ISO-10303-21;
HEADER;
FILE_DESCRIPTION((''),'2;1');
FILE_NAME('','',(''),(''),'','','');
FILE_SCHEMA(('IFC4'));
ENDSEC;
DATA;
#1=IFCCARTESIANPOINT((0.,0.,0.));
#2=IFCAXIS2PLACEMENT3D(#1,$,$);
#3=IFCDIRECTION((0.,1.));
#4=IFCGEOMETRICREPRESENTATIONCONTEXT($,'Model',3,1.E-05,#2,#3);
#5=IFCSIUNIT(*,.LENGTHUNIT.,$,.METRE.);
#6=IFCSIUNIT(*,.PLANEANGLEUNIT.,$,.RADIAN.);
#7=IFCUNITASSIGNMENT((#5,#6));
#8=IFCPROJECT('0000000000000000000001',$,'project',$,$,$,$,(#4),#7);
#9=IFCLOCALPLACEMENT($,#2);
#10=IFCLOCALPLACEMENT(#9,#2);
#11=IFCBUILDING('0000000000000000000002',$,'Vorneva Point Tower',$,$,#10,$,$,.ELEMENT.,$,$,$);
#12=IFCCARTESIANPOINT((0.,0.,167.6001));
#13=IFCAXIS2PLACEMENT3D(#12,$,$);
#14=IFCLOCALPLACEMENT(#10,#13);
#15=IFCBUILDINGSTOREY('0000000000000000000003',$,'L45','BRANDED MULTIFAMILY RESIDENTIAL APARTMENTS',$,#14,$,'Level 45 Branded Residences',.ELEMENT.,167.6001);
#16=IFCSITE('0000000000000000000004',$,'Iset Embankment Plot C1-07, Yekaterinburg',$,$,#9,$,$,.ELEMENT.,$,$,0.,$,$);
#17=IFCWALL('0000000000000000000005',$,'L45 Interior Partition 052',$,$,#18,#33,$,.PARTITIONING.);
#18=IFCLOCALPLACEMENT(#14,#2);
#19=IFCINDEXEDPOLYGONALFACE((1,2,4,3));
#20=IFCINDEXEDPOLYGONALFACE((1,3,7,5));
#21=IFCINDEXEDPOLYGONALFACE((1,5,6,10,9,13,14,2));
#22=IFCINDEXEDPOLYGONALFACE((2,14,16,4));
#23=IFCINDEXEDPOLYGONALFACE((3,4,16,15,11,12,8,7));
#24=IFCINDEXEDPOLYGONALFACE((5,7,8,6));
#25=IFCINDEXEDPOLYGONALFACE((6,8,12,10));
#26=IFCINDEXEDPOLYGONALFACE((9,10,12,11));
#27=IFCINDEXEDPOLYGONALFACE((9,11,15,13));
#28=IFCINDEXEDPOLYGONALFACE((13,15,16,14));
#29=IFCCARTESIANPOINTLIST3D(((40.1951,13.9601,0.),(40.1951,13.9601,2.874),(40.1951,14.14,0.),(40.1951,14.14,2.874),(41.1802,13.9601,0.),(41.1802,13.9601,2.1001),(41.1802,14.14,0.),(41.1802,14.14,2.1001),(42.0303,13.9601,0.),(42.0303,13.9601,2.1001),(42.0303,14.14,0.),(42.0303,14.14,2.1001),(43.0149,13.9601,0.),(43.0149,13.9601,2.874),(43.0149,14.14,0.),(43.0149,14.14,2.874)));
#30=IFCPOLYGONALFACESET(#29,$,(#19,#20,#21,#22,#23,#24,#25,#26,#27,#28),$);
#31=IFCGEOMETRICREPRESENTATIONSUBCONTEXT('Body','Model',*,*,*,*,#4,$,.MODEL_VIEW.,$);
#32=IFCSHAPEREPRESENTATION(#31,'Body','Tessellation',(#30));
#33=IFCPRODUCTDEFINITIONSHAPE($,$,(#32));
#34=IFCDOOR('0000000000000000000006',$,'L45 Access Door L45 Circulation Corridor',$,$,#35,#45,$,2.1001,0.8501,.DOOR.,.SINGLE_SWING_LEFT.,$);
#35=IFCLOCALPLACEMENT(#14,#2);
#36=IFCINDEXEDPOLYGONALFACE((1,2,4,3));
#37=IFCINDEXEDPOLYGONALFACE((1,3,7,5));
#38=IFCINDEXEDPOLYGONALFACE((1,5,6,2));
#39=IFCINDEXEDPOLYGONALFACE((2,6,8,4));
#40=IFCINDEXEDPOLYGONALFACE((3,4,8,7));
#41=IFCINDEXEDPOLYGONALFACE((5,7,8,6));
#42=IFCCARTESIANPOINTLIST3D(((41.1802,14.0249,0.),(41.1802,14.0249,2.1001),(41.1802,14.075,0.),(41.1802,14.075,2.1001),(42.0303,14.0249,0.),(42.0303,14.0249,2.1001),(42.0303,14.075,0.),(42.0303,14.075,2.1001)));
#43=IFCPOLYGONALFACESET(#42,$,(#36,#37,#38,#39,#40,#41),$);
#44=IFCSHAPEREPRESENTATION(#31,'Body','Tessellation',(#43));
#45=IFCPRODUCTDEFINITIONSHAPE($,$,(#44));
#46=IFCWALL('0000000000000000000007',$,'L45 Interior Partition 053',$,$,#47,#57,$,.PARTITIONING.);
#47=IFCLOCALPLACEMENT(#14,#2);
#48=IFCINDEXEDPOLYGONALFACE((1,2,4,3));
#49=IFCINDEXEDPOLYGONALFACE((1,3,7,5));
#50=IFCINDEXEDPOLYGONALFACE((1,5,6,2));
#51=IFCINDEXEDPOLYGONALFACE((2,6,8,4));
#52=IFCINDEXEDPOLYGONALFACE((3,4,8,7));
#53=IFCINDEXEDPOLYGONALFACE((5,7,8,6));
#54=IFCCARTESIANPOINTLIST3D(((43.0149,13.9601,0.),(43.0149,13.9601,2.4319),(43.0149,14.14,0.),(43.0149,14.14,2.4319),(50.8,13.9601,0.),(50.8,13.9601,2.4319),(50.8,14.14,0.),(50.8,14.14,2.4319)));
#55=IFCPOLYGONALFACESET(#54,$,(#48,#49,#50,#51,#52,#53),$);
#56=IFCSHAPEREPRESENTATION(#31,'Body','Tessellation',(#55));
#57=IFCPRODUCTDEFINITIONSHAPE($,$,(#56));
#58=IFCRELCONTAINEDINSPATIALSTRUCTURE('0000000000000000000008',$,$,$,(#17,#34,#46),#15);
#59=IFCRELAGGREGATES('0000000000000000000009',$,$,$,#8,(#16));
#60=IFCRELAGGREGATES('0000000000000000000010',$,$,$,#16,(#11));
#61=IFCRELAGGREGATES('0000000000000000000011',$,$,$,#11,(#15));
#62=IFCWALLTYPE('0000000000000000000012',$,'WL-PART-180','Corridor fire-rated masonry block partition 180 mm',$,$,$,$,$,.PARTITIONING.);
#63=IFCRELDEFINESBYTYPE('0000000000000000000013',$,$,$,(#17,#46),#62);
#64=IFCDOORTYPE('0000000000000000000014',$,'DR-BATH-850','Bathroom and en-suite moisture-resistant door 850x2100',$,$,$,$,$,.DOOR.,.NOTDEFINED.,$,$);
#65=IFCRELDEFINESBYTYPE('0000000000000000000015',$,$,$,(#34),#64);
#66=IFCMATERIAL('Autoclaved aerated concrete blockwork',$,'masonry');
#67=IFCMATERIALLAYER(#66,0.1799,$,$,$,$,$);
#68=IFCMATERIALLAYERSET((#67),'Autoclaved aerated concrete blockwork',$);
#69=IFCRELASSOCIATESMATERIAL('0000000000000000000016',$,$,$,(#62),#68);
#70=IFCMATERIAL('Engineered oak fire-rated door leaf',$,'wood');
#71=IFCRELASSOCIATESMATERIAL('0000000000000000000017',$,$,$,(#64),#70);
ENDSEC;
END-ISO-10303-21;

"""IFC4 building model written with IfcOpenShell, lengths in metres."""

from ifc_helpers import new_model, si_unit, direction, frame, frame_2d, origin, place, context, subcontext, project, spatial, rectangle, extrude, material, layer, layer_set, type_object, element, fill, save


model = new_model("IFC4")

# Units and contexts
model_context = context("Model", 3, precision=1e-05, world=origin(), true_north=direction((0.0, 1.0)))
body_context = subcontext(model_context, "Body", "Model", "MODEL_VIEW")
ifc_project = project(units=[si_unit("LENGTHUNIT", "METRE"), si_unit("PLANEANGLEUNIT", "RADIAN")], contexts=[model_context])

# Site, building, storey
site_placement = place(None, origin())
site = spatial("IfcSite", under=ifc_project, at=site_placement, Name="Iset Embankment Plot C1-07, Yekaterinburg", CompositionType="ELEMENT", RefElevation=0.0)
building_placement = place(site_placement, origin())
building = spatial("IfcBuilding", under=site, at=building_placement, Name="Vorneva Point Tower", CompositionType="ELEMENT")
storey_placement = place(building_placement, frame((0.0, 0.0, 167.6001)))
storey = spatial("IfcBuildingStorey", under=building, at=storey_placement, Name="L45", Description="BRANDED MULTIFAMILY RESIDENTIAL APARTMENTS", LongName="Level 45 Branded Residences", CompositionType="ELEMENT", Elevation=167.6001)

# Wall, opening, door
ifc_material_1 = material(Name="Autoclaved aerated concrete blockwork", Category="masonry")
ifc_layer_1 = layer(ifc_material_1, 0.1799)
ifc_layer_set_1 = layer_set([ifc_layer_1], Name="Autoclaved aerated concrete blockwork")
wall_type_1 = type_object("IfcWallType", Name="WL-PART-180", Description="Corridor fire-rated masonry block partition 180 mm", PredefinedType="PARTITIONING", material=ifc_layer_set_1)
ifc_material_2 = material(Name="Engineered oak fire-rated door leaf", Category="wood")
door_type = type_object("IfcDoorType", Name="DR-BATH-850", Description="Bathroom and en-suite moisture-resistant door 850x2100", OperationType="NOTDEFINED", PredefinedType="DOOR", material=ifc_material_2)
wall_1_placement = place(storey_placement, frame((40.1951, 14.05, 0.0), z_axis=(0.0, 0.0, 1.0), x_axis=(1.0, 0.0, 0.0)))
wall_1 = element("IfcWall", 1, at=wall_1_placement, inside=storey, type_object=wall_type_1, Name="L45 Interior Partition 052", PredefinedType="PARTITIONING", context=body_context, shape_type="SweptSolid", body=[
    extrude(rectangle(XDim=2.8198, YDim=0.1799, at=frame_2d((1.4099, 0.0))), origin(), (0.0, 0.0, 1.0), 2.874),
])
opening_1_placement = place(wall_1_placement, frame((0.9851, 0.0, 0.0)))
opening_1 = element("IfcOpeningElement", 2, at=opening_1_placement, cuts=wall_1, PredefinedType="OPENING", context=body_context, shape_type="SweptSolid", body=[
    extrude(rectangle(XDim=0.8501, YDim=2.1001, at=frame_2d((0.425, 1.05))), frame((0.0, 0.105, 0.0), z_axis=(0.0, -1.0, 0.0), x_axis=(1.0, 0.0, 0.0)), (0.0, 0.0, 1.0), 0.2097),
])
door_1_placement = place(opening_1_placement, origin())
door_1 = element("IfcDoor", 3, at=door_1_placement, inside=storey, type_object=door_type, Name="L45 Access Door L45 Circulation Corridor", OperationType="SINGLE_SWING_LEFT", OverallHeight=2.1001, OverallWidth=0.8501, PredefinedType="DOOR", context=body_context, shape_type="SweptSolid", body=[
    extrude(rectangle(XDim=0.8501, YDim=2.1001, at=frame_2d((0.425, 1.05))), frame((0.0, 0.0249, 0.0), z_axis=(0.0, -1.0, 0.0), x_axis=(1.0, 0.0, 0.0)), (0.0, 0.0, 1.0), 0.05),
])
fill(opening_1, door_1)

# Wall
wall_2_placement = place(storey_placement, frame((43.0149, 14.05, 0.0), z_axis=(0.0, 0.0, 1.0), x_axis=(1.0, 0.0, 0.0)))
element("IfcWall", 4, at=wall_2_placement, inside=storey, type_object=wall_type_1, Name="L45 Interior Partition 053", PredefinedType="PARTITIONING", context=body_context, shape_type="SweptSolid", body=[
    extrude(rectangle(XDim=7.7852, YDim=0.1799, at=frame_2d((3.8926, 0.0))), origin(), (0.0, 0.0, 1.0), 2.4319),
])

save(model, "model.ifc")
